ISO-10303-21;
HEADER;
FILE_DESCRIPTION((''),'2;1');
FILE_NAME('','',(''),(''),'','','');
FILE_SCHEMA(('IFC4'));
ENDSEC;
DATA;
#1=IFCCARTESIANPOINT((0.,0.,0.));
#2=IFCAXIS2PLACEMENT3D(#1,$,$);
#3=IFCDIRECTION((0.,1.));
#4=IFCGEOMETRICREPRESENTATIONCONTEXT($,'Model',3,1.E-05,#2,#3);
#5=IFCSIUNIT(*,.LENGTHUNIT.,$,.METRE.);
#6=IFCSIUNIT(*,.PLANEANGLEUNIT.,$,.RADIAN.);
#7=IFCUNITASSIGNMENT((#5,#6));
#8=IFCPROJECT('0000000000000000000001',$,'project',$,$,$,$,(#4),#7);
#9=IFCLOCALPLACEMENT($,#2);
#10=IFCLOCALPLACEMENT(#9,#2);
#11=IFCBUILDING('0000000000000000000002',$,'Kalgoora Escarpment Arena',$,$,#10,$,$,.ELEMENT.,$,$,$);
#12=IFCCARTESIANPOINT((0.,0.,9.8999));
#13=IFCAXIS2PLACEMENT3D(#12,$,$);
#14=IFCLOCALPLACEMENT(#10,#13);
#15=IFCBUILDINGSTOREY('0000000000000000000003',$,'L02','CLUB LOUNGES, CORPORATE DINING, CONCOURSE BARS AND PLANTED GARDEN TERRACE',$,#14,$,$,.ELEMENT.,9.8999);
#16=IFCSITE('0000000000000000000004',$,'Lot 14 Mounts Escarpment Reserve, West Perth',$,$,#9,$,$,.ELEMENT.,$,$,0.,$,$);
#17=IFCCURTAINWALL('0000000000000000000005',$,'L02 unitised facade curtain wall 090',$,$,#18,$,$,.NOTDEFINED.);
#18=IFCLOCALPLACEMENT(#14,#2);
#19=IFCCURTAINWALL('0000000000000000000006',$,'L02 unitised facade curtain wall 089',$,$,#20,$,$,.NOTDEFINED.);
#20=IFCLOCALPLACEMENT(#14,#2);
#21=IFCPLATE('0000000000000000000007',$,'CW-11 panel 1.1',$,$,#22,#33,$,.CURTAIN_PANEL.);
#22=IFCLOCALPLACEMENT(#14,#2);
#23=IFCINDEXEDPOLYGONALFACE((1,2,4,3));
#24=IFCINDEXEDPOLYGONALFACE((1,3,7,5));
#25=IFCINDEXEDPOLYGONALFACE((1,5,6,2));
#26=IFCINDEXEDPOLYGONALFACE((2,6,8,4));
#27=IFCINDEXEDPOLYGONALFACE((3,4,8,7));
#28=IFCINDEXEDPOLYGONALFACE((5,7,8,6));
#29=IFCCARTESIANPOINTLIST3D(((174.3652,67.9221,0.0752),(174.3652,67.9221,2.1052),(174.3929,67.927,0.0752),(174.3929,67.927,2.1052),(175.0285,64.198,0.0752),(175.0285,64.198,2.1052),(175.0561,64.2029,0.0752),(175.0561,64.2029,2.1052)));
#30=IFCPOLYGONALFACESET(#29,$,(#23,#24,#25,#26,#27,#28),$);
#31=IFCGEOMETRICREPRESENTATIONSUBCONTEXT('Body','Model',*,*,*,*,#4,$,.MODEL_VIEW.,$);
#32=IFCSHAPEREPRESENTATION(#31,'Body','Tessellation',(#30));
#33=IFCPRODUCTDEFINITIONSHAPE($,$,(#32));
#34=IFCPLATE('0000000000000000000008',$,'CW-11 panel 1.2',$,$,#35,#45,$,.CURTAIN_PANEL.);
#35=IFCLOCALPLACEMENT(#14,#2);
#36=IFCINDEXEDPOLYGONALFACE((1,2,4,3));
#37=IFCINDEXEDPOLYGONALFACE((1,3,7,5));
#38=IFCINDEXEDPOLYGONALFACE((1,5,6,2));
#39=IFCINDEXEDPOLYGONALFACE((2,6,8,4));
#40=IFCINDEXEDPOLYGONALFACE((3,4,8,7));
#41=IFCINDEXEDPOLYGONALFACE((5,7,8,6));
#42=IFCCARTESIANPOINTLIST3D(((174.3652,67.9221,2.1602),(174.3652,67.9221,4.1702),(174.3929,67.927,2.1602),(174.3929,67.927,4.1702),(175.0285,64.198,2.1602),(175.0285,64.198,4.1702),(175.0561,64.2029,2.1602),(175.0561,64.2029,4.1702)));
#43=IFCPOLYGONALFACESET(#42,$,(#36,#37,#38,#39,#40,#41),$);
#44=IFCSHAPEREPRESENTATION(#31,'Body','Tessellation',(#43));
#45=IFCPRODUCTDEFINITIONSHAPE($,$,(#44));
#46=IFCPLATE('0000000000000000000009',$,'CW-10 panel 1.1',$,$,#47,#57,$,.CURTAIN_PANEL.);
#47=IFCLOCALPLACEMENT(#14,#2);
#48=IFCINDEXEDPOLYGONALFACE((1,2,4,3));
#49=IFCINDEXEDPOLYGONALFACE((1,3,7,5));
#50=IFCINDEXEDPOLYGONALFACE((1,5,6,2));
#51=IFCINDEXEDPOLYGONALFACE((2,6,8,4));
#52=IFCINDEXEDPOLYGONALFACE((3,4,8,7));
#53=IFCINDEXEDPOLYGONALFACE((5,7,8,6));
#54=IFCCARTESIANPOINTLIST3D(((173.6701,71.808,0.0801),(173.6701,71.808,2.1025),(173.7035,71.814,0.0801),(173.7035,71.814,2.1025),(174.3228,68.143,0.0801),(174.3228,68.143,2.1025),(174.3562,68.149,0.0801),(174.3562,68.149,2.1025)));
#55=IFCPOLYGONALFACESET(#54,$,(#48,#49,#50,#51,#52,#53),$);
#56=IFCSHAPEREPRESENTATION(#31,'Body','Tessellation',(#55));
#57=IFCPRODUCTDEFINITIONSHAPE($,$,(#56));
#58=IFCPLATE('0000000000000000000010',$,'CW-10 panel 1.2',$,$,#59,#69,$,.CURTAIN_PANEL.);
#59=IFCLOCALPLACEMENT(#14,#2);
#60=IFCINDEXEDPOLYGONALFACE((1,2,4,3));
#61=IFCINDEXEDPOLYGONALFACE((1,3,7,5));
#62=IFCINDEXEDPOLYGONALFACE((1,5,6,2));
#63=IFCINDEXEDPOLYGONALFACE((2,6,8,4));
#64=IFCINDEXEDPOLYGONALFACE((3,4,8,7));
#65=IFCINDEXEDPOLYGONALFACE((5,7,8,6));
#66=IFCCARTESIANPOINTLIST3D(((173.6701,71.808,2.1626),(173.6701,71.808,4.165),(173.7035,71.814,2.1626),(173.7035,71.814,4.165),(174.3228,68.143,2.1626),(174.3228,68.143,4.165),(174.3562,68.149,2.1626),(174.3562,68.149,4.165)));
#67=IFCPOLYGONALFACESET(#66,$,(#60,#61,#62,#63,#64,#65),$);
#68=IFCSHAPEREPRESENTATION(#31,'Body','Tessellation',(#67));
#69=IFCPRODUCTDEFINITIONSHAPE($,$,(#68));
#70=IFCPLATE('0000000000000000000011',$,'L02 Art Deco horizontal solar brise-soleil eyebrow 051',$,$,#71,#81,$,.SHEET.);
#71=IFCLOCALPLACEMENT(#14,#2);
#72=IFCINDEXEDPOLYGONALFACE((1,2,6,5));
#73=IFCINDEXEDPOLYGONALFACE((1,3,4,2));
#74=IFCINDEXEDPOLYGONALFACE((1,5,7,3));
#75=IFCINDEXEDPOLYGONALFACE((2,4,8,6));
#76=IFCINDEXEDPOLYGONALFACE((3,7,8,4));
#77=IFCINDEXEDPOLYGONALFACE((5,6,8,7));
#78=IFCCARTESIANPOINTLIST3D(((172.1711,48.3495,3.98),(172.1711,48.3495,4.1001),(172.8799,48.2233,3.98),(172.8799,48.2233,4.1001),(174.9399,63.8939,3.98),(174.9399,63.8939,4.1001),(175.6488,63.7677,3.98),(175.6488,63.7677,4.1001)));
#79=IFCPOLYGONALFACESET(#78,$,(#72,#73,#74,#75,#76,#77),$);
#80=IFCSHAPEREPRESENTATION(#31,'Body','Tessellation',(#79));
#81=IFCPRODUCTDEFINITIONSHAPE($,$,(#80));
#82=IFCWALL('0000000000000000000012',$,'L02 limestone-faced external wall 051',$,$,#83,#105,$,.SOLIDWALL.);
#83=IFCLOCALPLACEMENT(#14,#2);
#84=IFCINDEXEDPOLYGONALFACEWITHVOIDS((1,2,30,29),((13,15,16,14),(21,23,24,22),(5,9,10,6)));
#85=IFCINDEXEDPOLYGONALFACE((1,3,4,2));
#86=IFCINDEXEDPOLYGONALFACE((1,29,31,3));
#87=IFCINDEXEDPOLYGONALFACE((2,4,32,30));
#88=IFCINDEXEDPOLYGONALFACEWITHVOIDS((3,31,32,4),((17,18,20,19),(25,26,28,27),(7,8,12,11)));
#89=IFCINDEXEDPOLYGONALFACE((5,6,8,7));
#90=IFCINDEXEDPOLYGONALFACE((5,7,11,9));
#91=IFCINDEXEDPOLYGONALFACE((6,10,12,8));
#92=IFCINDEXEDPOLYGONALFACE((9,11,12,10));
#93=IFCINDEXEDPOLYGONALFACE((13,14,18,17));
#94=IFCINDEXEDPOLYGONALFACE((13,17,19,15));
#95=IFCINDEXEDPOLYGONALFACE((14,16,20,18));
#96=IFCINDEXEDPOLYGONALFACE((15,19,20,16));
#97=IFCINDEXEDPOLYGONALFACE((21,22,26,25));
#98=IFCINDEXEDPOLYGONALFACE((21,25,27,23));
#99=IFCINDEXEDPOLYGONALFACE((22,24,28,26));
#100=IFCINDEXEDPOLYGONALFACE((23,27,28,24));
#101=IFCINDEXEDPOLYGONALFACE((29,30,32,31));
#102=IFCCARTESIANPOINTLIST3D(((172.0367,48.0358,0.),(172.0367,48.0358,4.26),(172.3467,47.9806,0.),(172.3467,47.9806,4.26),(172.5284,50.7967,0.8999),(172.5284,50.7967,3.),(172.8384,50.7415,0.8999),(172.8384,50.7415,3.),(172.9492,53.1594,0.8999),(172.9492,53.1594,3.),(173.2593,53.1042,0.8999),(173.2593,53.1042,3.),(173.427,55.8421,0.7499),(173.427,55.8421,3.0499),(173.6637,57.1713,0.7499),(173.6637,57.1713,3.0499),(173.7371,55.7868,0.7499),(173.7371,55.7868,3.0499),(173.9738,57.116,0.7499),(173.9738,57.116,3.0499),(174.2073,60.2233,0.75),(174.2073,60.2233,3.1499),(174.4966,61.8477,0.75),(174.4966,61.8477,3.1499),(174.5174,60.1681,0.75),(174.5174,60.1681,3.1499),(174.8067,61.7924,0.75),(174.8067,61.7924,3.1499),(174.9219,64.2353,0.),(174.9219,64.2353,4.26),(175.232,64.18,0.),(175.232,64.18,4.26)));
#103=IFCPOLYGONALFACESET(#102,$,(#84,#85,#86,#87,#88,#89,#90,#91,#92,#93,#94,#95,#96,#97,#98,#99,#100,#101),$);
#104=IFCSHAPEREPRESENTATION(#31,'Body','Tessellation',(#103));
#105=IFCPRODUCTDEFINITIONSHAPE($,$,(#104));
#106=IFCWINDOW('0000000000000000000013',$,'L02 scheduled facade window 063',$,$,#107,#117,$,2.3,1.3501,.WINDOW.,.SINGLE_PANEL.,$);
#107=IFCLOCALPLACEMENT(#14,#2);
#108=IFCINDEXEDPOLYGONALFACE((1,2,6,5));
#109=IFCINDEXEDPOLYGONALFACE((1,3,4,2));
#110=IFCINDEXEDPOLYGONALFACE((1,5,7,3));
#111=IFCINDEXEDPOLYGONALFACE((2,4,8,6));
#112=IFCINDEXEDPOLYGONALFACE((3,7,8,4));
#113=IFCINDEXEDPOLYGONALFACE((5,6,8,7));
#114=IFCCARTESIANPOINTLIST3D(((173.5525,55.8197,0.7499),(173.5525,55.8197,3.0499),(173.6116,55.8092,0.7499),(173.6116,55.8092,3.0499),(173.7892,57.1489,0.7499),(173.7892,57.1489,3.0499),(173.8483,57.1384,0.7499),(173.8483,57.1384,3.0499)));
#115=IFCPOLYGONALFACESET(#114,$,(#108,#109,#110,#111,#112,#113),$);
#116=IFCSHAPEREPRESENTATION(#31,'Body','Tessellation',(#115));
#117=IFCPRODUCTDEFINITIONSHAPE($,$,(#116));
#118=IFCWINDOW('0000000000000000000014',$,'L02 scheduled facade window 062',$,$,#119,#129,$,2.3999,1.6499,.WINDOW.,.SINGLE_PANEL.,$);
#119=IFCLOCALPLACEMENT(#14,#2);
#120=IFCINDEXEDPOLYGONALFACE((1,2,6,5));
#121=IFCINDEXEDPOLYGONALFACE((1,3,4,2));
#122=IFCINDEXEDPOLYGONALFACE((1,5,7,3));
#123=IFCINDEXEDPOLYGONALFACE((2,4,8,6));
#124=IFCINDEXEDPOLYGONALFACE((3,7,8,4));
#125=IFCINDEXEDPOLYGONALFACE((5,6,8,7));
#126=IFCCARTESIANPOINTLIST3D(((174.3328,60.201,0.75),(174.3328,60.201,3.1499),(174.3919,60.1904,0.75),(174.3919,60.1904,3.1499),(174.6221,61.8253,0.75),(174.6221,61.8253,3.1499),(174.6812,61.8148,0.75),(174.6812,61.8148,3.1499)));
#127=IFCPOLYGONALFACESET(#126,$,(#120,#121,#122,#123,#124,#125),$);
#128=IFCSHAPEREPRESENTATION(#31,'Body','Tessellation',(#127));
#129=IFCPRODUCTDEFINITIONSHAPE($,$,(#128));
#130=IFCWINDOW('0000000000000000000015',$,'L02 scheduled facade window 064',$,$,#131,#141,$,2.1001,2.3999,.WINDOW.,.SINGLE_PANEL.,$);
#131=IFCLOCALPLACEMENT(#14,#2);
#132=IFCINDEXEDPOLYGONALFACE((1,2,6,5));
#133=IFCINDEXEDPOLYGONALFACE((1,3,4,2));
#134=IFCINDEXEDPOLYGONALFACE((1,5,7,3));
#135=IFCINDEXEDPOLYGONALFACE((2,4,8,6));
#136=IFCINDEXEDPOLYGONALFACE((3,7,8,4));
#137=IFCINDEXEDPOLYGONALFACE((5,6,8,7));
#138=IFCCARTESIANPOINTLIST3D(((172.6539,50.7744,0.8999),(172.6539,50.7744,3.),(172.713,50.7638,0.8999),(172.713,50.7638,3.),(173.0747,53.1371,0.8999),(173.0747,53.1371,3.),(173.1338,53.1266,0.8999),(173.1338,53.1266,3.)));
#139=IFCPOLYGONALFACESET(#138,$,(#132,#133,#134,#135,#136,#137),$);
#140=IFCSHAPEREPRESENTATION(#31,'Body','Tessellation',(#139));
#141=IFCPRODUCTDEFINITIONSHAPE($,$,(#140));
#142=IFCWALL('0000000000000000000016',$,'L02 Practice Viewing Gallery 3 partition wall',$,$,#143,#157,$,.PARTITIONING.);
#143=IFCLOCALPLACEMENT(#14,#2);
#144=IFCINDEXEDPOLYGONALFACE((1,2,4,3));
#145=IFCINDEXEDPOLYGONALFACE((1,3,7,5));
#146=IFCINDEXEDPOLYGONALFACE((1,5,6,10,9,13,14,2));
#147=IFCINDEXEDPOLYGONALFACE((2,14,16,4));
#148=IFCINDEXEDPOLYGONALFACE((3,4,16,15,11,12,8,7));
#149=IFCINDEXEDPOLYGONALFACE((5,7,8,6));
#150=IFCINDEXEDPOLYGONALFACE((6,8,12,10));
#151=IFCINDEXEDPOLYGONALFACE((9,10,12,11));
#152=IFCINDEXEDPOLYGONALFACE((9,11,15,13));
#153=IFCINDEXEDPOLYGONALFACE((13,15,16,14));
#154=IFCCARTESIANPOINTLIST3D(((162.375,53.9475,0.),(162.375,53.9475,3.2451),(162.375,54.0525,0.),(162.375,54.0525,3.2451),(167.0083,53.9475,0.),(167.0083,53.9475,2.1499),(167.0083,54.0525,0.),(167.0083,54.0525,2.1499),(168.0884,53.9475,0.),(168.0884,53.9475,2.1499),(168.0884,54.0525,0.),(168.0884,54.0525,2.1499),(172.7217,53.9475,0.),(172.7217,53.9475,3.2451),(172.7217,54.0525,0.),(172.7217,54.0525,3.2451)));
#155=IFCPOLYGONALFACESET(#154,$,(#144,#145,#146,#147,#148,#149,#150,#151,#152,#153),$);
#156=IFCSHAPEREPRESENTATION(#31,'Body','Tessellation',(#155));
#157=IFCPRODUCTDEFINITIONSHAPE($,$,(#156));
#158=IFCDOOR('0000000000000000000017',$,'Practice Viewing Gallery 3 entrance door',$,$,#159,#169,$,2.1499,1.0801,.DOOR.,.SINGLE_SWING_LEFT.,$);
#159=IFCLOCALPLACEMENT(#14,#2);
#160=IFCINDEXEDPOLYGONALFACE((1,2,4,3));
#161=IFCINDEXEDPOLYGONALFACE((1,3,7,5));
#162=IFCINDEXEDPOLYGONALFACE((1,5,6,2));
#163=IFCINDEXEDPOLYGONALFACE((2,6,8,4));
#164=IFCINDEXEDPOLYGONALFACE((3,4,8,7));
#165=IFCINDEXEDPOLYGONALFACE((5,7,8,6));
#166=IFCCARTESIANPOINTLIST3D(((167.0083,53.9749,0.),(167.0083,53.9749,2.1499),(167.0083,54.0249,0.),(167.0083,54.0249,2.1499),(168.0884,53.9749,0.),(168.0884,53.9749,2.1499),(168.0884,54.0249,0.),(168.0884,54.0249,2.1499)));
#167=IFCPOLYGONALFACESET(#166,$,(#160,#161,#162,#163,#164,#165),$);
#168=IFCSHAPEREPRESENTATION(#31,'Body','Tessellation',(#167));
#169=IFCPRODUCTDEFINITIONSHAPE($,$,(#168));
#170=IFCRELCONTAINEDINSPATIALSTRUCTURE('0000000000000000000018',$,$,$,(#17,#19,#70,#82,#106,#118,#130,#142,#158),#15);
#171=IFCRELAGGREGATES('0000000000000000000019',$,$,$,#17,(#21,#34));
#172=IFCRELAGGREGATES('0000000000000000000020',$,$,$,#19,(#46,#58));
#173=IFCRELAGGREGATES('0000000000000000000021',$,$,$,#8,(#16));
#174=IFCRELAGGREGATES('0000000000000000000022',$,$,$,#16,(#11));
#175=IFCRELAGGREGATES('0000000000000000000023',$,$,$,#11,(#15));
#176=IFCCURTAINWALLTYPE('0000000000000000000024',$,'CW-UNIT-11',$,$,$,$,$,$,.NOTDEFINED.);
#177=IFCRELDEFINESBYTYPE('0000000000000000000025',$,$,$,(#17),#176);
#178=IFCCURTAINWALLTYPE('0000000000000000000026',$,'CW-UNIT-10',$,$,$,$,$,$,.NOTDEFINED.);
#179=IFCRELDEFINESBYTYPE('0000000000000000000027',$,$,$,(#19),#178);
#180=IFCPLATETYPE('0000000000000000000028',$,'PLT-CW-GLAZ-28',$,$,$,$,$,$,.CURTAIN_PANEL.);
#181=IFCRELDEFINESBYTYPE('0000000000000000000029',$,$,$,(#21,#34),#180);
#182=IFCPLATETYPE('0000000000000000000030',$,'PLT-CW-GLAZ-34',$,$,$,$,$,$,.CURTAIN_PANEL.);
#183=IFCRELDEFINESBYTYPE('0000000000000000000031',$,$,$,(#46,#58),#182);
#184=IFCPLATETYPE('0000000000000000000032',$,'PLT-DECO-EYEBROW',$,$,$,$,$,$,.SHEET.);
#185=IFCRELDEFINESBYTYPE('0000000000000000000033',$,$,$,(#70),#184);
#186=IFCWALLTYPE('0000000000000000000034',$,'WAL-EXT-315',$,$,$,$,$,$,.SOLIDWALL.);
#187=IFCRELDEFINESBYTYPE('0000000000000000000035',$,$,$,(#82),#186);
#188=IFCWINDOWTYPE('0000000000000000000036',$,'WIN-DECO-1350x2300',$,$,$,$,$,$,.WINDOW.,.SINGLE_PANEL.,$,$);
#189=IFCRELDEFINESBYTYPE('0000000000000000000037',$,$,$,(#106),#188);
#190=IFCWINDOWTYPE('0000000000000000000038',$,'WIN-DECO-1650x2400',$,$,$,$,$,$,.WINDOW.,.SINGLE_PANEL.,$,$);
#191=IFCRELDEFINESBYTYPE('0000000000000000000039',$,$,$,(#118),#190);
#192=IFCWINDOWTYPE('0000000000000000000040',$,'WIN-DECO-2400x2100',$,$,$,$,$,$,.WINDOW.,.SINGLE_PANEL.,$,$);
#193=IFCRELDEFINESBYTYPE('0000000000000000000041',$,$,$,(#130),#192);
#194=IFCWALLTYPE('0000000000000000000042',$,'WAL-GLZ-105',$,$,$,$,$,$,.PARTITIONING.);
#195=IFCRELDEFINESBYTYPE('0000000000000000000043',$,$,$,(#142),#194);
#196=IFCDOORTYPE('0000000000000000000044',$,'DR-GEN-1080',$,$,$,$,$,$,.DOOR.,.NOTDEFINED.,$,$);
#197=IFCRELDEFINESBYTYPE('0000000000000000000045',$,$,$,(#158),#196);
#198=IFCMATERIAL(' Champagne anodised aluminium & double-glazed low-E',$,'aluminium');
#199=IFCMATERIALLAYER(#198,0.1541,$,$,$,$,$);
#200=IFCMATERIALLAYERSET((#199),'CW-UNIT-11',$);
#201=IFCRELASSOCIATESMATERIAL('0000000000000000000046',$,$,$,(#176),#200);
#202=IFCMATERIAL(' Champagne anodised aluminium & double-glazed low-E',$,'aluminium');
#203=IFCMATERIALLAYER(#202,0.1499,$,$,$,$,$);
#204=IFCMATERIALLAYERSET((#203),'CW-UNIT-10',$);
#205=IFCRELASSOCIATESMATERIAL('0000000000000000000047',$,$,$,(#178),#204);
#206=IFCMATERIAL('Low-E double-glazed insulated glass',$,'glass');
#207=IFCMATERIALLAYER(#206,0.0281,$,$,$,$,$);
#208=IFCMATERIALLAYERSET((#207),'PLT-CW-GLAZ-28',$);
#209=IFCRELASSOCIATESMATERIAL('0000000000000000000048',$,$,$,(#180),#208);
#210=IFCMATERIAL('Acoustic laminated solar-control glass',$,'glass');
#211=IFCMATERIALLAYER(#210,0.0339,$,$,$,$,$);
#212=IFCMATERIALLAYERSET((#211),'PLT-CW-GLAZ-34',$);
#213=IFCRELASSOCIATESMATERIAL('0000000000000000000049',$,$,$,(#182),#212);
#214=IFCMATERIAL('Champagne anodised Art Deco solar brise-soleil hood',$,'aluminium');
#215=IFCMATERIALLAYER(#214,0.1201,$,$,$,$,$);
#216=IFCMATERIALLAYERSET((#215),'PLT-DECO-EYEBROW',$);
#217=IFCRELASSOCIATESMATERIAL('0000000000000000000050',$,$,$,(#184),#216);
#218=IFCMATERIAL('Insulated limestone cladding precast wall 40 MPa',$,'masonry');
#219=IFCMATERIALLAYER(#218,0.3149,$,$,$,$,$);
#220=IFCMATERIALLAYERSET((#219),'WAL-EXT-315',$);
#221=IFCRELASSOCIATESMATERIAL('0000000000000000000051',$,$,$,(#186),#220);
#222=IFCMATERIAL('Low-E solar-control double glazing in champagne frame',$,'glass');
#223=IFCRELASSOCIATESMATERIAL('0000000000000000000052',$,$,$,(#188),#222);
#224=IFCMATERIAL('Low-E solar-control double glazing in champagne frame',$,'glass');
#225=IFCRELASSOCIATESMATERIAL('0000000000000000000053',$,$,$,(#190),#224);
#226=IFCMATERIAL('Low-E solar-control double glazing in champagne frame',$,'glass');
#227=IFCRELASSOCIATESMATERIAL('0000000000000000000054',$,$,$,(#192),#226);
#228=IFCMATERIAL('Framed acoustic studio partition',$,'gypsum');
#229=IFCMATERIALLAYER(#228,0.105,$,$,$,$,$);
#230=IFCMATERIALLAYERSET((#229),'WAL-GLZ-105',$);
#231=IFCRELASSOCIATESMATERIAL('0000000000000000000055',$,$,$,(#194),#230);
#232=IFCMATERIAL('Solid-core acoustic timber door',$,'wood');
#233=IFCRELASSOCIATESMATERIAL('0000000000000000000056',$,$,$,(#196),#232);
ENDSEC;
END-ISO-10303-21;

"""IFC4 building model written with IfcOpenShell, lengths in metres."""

from ifc_helpers import new_model, si_unit, direction, frame, frame_2d, origin, origin_2d, place, context, subcontext, project, spatial, rectangle, extrude, material, layer, layer_set, type_object, element, fill, aggregate, save


model = new_model("IFC4")

# Units and contexts
model_context = context("Model", 3, precision=1e-05, world=origin(), true_north=direction((0.0, 1.0)))
body_context = subcontext(model_context, "Body", "Model", "MODEL_VIEW")
ifc_project = project(units=[si_unit("LENGTHUNIT", "METRE"), si_unit("PLANEANGLEUNIT", "RADIAN")], contexts=[model_context])

# Site, building, storey
site_placement = place(None, origin())
site = spatial("IfcSite", under=ifc_project, at=site_placement, Name="Lot 14 Mounts Escarpment Reserve, West Perth", CompositionType="ELEMENT", RefElevation=0.0)
building_placement = place(site_placement, origin())
building = spatial("IfcBuilding", under=site, at=building_placement, Name="Kalgoora Escarpment Arena", CompositionType="ELEMENT")
storey_placement = place(building_placement, frame((0.0, 0.0, 9.8999)))
storey = spatial("IfcBuildingStorey", under=building, at=storey_placement, Name="L02", Description="CLUB LOUNGES, CORPORATE DINING, CONCOURSE BARS AND PLANTED GARDEN TERRACE", CompositionType="ELEMENT", Elevation=9.8999)

# Curtain wall
ifc_material_1 = material(Name=" Champagne anodised aluminium & double-glazed low-E", Category="aluminium")
ifc_layer_1 = layer(ifc_material_1, 0.1541)
ifc_layer_set_1 = layer_set([ifc_layer_1], Name="CW-UNIT-11")
curtain_wall_type_1 = type_object("IfcCurtainWallType", Name="CW-UNIT-11", PredefinedType="NOTDEFINED", material=ifc_layer_set_1)
curtain_wall_1_placement = place(storey_placement, origin())
curtain_wall_1 = element("IfcCurtainWall", 1, at=curtain_wall_1_placement, inside=storey, type_object=curtain_wall_type_1, Name="L02 unitised facade curtain wall 090", PredefinedType="NOTDEFINED")

# Curtain wall
ifc_material_2 = material(Name=" Champagne anodised aluminium & double-glazed low-E", Category="aluminium")
ifc_layer_2 = layer(ifc_material_2, 0.1499)
ifc_layer_set_2 = layer_set([ifc_layer_2], Name="CW-UNIT-10")
curtain_wall_type_2 = type_object("IfcCurtainWallType", Name="CW-UNIT-10", PredefinedType="NOTDEFINED", material=ifc_layer_set_2)
curtain_wall_2_placement = place(storey_placement, origin())
curtain_wall_2 = element("IfcCurtainWall", 2, at=curtain_wall_2_placement, inside=storey, type_object=curtain_wall_type_2, Name="L02 unitised facade curtain wall 089", PredefinedType="NOTDEFINED")

# Plates
ifc_material_3 = material(Name="Low-E double-glazed insulated glass", Category="glass")
ifc_layer_3 = layer(ifc_material_3, 0.0281)
ifc_layer_set_3 = layer_set([ifc_layer_3], Name="PLT-CW-GLAZ-28")
plate_type_1 = type_object("IfcPlateType", Name="PLT-CW-GLAZ-28", PredefinedType="CURTAIN_PANEL", material=ifc_layer_set_3)
plate_1_placement = place(storey_placement, frame((174.7107, 66.0625, 0.0752), z_axis=(0.0, 0.0, 1.0), x_axis=(0.175342, -0.984508, 0.0)))
plate_1 = element("IfcPlate", 3, at=plate_1_placement, type_object=plate_type_1, Name="CW-11 panel 1.1", PredefinedType="CURTAIN_PANEL", context=body_context, shape_type="SweptSolid", body=[
    extrude(rectangle(XDim=3.7827, YDim=0.0281, at=origin_2d()), origin(), (0.0, 0.0, 1.0), 2.03),
])
plate_2_placement = place(storey_placement, frame((174.7107, 66.0625, 2.1602), z_axis=(0.0, 0.0, 1.0), x_axis=(0.175342, -0.984508, 0.0)))
plate_2 = element("IfcPlate", 4, at=plate_2_placement, type_object=plate_type_1, Name="CW-11 panel 1.2", PredefinedType="CURTAIN_PANEL", context=body_context, shape_type="SweptSolid", body=[
    extrude(rectangle(XDim=3.7827, YDim=0.0281, at=origin_2d()), origin(), (0.0, 0.0, 1.0), 2.01),
])
aggregate(curtain_wall_1, [plate_1, plate_2])
ifc_material_4 = material(Name="Acoustic laminated solar-control glass", Category="glass")
ifc_layer_4 = layer(ifc_material_4, 0.0339)
ifc_layer_set_4 = layer_set([ifc_layer_4], Name="PLT-CW-GLAZ-34")
plate_type_2 = type_object("IfcPlateType", Name="PLT-CW-GLAZ-34", PredefinedType="CURTAIN_PANEL", material=ifc_layer_set_4)
plate_3_placement = place(storey_placement, frame((174.0132, 69.9785, 0.0801), z_axis=(0.0, 0.0, 1.0), x_axis=(0.175337, -0.984508, 0.0)))
plate_3 = element("IfcPlate", 5, at=plate_3_placement, type_object=plate_type_2, Name="CW-10 panel 1.1", PredefinedType="CURTAIN_PANEL", context=body_context, shape_type="SweptSolid", body=[
    extrude(rectangle(XDim=3.7227, YDim=0.0339, at=origin_2d()), origin(), (0.0, 0.0, 1.0), 2.0225),
])
plate_4_placement = place(storey_placement, frame((174.0132, 69.9785, 2.1626), z_axis=(0.0, 0.0, 1.0), x_axis=(0.175337, -0.984508, 0.0)))
plate_4 = element("IfcPlate", 6, at=plate_4_placement, type_object=plate_type_2, Name="CW-10 panel 1.2", PredefinedType="CURTAIN_PANEL", context=body_context, shape_type="SweptSolid", body=[
    extrude(rectangle(XDim=3.7227, YDim=0.0339, at=origin_2d()), origin(), (0.0, 0.0, 1.0), 2.0024),
])
aggregate(curtain_wall_2, [plate_3, plate_4])
ifc_material_5 = material(Name="Champagne anodised Art Deco solar brise-soleil hood", Category="aluminium")
ifc_layer_5 = layer(ifc_material_5, 0.1201)
ifc_layer_set_5 = layer_set([ifc_layer_5], Name="PLT-DECO-EYEBROW")
plate_type_3 = type_object("IfcPlateType", Name="PLT-DECO-EYEBROW", PredefinedType="SHEET", material=ifc_layer_set_5)
plate_5_placement = place(storey_placement, frame((173.9099, 56.0586, 3.98), z_axis=(0.0, 0.0, 1.0), x_axis=(-0.175367, -0.984503, 0.0)))
element("IfcPlate", 7, at=plate_5_placement, inside=storey, type_object=plate_type_3, Name="L02 Art Deco horizontal solar brise-soleil eyebrow 051", PredefinedType="SHEET", context=body_context, shape_type="SweptSolid", body=[
    extrude(rectangle(XDim=15.7891, YDim=0.72, at=origin_2d()), origin(), (0.0, 0.0, 1.0), 0.1201),
])

# Wall, openings, windows
ifc_material_6 = material(Name="Insulated limestone cladding precast wall 40 MPa", Category="masonry")
ifc_layer_6 = layer(ifc_material_6, 0.3149)
ifc_layer_set_6 = layer_set([ifc_layer_6], Name="WAL-EXT-315")
wall_type_1 = type_object("IfcWallType", Name="WAL-EXT-315", PredefinedType="SOLIDWALL", material=ifc_layer_set_6)
wall_1_placement = place(storey_placement, frame((175.0769, 64.2075, 0.0), z_axis=(0.0, 0.0, 1.0), x_axis=(-0.175348, -0.984506, 0.0)))
wall_1 = element("IfcWall", 8, at=wall_1_placement, inside=storey, type_object=wall_type_1, Name="L02 limestone-faced external wall 051", PredefinedType="SOLIDWALL", context=body_context, shape_type="SweptSolid", body=[
    extrude(rectangle(XDim=16.4543, YDim=0.3149, at=frame_2d((8.2271, 0.0))), origin(), (0.0, 0.0, 1.0), 4.26),
])
opening_1_placement = place(wall_1_placement, frame((2.425, 0.0, 0.75)))
opening_1 = element("IfcOpeningElement", 9, at=opening_1_placement, cuts=wall_1, PredefinedType="OPENING", context=body_context, shape_type="SweptSolid", body=[
    extrude(rectangle(XDim=1.6499, YDim=2.3999, at=frame_2d((0.825, 1.2))), frame((0.0, 0.1675, 0.0), z_axis=(0.0, -1.0, 0.0), x_axis=(1.0, 0.0, 0.0)), (0.0, 0.0, 1.0), 0.335),
])
opening_2_placement = place(wall_1_placement, frame((7.175, 0.0, 0.75)))
opening_2 = element("IfcOpeningElement", 10, at=opening_2_placement, cuts=wall_1, PredefinedType="OPENING", context=body_context, shape_type="SweptSolid", body=[
    extrude(rectangle(XDim=1.3501, YDim=2.3, at=frame_2d((0.675, 1.1499))), frame((0.0, 0.1675, 0.0), z_axis=(0.0, -1.0, 0.0), x_axis=(1.0, 0.0, 0.0)), (0.0, 0.0, 1.0), 0.335),
])
opening_3_placement = place(wall_1_placement, frame((11.25, 0.0, 0.8999)))
opening_3 = element("IfcOpeningElement", 11, at=opening_3_placement, cuts=wall_1, PredefinedType="OPENING", context=body_context, shape_type="SweptSolid", body=[
    extrude(rectangle(XDim=2.3999, YDim=2.1001, at=frame_2d((1.2, 1.05))), frame((0.0, 0.1675, 0.0), z_axis=(0.0, -1.0, 0.0), x_axis=(1.0, 0.0, 0.0)), (0.0, 0.0, 1.0), 0.335),
])
ifc_material_7 = material(Name="Low-E solar-control double glazing in champagne frame", Category="glass")
window_type_1 = type_object("IfcWindowType", Name="WIN-DECO-1350x2300", PartitioningType="SINGLE_PANEL", PredefinedType="WINDOW", material=ifc_material_7)
window_1_placement = place(opening_2_placement, origin())
window_1 = element("IfcWindow", 12, at=window_1_placement, inside=storey, type_object=window_type_1, Name="L02 scheduled facade window 063", OverallHeight=2.3, OverallWidth=1.3501, PartitioningType="SINGLE_PANEL", PredefinedType="WINDOW", context=body_context, shape_type="SweptSolid", body=[
    extrude(rectangle(XDim=1.3501, YDim=2.3, at=frame_2d((0.675, 1.1499))), frame((0.0, 0.03, 0.0), z_axis=(0.0, -1.0, 0.0), x_axis=(1.0, 0.0, 0.0)), (0.0, 0.0, 1.0), 0.0601),
])
fill(opening_2, window_1)
ifc_material_8 = material(Name="Low-E solar-control double glazing in champagne frame", Category="glass")
window_type_2 = type_object("IfcWindowType", Name="WIN-DECO-1650x2400", PartitioningType="SINGLE_PANEL", PredefinedType="WINDOW", material=ifc_material_8)
window_2_placement = place(opening_1_placement, origin())
window_2 = element("IfcWindow", 13, at=window_2_placement, inside=storey, type_object=window_type_2, Name="L02 scheduled facade window 062", OverallHeight=2.3999, OverallWidth=1.6499, PartitioningType="SINGLE_PANEL", PredefinedType="WINDOW", context=body_context, shape_type="SweptSolid", body=[
    extrude(rectangle(XDim=1.6499, YDim=2.3999, at=frame_2d((0.825, 1.2))), frame((0.0, 0.03, 0.0), z_axis=(0.0, -1.0, 0.0), x_axis=(1.0, 0.0, 0.0)), (0.0, 0.0, 1.0), 0.0601),
])
fill(opening_1, window_2)
ifc_material_9 = material(Name="Low-E solar-control double glazing in champagne frame", Category="glass")
window_type_3 = type_object("IfcWindowType", Name="WIN-DECO-2400x2100", PartitioningType="SINGLE_PANEL", PredefinedType="WINDOW", material=ifc_material_9)
window_3_placement = place(opening_3_placement, origin())
window_3 = element("IfcWindow", 14, at=window_3_placement, inside=storey, type_object=window_type_3, Name="L02 scheduled facade window 064", OverallHeight=2.1001, OverallWidth=2.3999, PartitioningType="SINGLE_PANEL", PredefinedType="WINDOW", context=body_context, shape_type="SweptSolid", body=[
    extrude(rectangle(XDim=2.3999, YDim=2.1001, at=frame_2d((1.2, 1.05))), frame((0.0, 0.03, 0.0), z_axis=(0.0, -1.0, 0.0), x_axis=(1.0, 0.0, 0.0)), (0.0, 0.0, 1.0), 0.0601),
])
fill(opening_3, window_3)

# Wall, opening, door
ifc_material_10 = material(Name="Framed acoustic studio partition", Category="gypsum")
ifc_layer_7 = layer(ifc_material_10, 0.105)
ifc_layer_set_7 = layer_set([ifc_layer_7], Name="WAL-GLZ-105")
wall_type_2 = type_object("IfcWallType", Name="WAL-GLZ-105", PredefinedType="PARTITIONING", material=ifc_layer_set_7)
wall_2_placement = place(storey_placement, frame((162.375, 54.0, 0.0), z_axis=(0.0, 0.0, 1.0), x_axis=(1.0, 0.0, 0.0)))
wall_2 = element("IfcWall", 15, at=wall_2_placement, inside=storey, type_object=wall_type_2, Name="L02 Practice Viewing Gallery 3 partition wall", PredefinedType="PARTITIONING", context=body_context, shape_type="SweptSolid", body=[
    extrude(rectangle(XDim=10.3467, YDim=0.105, at=frame_2d((5.1733, 0.0))), origin(), (0.0, 0.0, 1.0), 3.2451),
])
opening_4_placement = place(wall_2_placement, frame((4.6333, 0.0, 0.0)))
opening_4 = element("IfcOpeningElement", 16, at=opening_4_placement, cuts=wall_2, PredefinedType="OPENING", context=body_context, shape_type="SweptSolid", body=[
    extrude(rectangle(XDim=1.0801, YDim=2.1499, at=frame_2d((0.54, 1.075))), frame((0.0, 0.0625, 0.0), z_axis=(0.0, -1.0, 0.0), x_axis=(1.0, 0.0, 0.0)), (0.0, 0.0, 1.0), 0.125),
])
ifc_material_11 = material(Name="Solid-core acoustic timber door", Category="wood")
door_type = type_object("IfcDoorType", Name="DR-GEN-1080", OperationType="NOTDEFINED", PredefinedType="DOOR", material=ifc_material_11)
door_placement = place(opening_4_placement, origin())
door = element("IfcDoor", 17, at=door_placement, inside=storey, type_object=door_type, Name="Practice Viewing Gallery 3 entrance door", OperationType="SINGLE_SWING_LEFT", OverallHeight=2.1499, OverallWidth=1.0801, PredefinedType="DOOR", context=body_context, shape_type="SweptSolid", body=[
    extrude(rectangle(XDim=1.0801, YDim=2.1499, at=frame_2d((0.54, 1.075))), frame((0.0, 0.0249, 0.0), z_axis=(0.0, -1.0, 0.0), x_axis=(1.0, 0.0, 0.0)), (0.0, 0.0, 1.0), 0.05),
])
fill(opening_4, door)

save(model, "model.ifc")
